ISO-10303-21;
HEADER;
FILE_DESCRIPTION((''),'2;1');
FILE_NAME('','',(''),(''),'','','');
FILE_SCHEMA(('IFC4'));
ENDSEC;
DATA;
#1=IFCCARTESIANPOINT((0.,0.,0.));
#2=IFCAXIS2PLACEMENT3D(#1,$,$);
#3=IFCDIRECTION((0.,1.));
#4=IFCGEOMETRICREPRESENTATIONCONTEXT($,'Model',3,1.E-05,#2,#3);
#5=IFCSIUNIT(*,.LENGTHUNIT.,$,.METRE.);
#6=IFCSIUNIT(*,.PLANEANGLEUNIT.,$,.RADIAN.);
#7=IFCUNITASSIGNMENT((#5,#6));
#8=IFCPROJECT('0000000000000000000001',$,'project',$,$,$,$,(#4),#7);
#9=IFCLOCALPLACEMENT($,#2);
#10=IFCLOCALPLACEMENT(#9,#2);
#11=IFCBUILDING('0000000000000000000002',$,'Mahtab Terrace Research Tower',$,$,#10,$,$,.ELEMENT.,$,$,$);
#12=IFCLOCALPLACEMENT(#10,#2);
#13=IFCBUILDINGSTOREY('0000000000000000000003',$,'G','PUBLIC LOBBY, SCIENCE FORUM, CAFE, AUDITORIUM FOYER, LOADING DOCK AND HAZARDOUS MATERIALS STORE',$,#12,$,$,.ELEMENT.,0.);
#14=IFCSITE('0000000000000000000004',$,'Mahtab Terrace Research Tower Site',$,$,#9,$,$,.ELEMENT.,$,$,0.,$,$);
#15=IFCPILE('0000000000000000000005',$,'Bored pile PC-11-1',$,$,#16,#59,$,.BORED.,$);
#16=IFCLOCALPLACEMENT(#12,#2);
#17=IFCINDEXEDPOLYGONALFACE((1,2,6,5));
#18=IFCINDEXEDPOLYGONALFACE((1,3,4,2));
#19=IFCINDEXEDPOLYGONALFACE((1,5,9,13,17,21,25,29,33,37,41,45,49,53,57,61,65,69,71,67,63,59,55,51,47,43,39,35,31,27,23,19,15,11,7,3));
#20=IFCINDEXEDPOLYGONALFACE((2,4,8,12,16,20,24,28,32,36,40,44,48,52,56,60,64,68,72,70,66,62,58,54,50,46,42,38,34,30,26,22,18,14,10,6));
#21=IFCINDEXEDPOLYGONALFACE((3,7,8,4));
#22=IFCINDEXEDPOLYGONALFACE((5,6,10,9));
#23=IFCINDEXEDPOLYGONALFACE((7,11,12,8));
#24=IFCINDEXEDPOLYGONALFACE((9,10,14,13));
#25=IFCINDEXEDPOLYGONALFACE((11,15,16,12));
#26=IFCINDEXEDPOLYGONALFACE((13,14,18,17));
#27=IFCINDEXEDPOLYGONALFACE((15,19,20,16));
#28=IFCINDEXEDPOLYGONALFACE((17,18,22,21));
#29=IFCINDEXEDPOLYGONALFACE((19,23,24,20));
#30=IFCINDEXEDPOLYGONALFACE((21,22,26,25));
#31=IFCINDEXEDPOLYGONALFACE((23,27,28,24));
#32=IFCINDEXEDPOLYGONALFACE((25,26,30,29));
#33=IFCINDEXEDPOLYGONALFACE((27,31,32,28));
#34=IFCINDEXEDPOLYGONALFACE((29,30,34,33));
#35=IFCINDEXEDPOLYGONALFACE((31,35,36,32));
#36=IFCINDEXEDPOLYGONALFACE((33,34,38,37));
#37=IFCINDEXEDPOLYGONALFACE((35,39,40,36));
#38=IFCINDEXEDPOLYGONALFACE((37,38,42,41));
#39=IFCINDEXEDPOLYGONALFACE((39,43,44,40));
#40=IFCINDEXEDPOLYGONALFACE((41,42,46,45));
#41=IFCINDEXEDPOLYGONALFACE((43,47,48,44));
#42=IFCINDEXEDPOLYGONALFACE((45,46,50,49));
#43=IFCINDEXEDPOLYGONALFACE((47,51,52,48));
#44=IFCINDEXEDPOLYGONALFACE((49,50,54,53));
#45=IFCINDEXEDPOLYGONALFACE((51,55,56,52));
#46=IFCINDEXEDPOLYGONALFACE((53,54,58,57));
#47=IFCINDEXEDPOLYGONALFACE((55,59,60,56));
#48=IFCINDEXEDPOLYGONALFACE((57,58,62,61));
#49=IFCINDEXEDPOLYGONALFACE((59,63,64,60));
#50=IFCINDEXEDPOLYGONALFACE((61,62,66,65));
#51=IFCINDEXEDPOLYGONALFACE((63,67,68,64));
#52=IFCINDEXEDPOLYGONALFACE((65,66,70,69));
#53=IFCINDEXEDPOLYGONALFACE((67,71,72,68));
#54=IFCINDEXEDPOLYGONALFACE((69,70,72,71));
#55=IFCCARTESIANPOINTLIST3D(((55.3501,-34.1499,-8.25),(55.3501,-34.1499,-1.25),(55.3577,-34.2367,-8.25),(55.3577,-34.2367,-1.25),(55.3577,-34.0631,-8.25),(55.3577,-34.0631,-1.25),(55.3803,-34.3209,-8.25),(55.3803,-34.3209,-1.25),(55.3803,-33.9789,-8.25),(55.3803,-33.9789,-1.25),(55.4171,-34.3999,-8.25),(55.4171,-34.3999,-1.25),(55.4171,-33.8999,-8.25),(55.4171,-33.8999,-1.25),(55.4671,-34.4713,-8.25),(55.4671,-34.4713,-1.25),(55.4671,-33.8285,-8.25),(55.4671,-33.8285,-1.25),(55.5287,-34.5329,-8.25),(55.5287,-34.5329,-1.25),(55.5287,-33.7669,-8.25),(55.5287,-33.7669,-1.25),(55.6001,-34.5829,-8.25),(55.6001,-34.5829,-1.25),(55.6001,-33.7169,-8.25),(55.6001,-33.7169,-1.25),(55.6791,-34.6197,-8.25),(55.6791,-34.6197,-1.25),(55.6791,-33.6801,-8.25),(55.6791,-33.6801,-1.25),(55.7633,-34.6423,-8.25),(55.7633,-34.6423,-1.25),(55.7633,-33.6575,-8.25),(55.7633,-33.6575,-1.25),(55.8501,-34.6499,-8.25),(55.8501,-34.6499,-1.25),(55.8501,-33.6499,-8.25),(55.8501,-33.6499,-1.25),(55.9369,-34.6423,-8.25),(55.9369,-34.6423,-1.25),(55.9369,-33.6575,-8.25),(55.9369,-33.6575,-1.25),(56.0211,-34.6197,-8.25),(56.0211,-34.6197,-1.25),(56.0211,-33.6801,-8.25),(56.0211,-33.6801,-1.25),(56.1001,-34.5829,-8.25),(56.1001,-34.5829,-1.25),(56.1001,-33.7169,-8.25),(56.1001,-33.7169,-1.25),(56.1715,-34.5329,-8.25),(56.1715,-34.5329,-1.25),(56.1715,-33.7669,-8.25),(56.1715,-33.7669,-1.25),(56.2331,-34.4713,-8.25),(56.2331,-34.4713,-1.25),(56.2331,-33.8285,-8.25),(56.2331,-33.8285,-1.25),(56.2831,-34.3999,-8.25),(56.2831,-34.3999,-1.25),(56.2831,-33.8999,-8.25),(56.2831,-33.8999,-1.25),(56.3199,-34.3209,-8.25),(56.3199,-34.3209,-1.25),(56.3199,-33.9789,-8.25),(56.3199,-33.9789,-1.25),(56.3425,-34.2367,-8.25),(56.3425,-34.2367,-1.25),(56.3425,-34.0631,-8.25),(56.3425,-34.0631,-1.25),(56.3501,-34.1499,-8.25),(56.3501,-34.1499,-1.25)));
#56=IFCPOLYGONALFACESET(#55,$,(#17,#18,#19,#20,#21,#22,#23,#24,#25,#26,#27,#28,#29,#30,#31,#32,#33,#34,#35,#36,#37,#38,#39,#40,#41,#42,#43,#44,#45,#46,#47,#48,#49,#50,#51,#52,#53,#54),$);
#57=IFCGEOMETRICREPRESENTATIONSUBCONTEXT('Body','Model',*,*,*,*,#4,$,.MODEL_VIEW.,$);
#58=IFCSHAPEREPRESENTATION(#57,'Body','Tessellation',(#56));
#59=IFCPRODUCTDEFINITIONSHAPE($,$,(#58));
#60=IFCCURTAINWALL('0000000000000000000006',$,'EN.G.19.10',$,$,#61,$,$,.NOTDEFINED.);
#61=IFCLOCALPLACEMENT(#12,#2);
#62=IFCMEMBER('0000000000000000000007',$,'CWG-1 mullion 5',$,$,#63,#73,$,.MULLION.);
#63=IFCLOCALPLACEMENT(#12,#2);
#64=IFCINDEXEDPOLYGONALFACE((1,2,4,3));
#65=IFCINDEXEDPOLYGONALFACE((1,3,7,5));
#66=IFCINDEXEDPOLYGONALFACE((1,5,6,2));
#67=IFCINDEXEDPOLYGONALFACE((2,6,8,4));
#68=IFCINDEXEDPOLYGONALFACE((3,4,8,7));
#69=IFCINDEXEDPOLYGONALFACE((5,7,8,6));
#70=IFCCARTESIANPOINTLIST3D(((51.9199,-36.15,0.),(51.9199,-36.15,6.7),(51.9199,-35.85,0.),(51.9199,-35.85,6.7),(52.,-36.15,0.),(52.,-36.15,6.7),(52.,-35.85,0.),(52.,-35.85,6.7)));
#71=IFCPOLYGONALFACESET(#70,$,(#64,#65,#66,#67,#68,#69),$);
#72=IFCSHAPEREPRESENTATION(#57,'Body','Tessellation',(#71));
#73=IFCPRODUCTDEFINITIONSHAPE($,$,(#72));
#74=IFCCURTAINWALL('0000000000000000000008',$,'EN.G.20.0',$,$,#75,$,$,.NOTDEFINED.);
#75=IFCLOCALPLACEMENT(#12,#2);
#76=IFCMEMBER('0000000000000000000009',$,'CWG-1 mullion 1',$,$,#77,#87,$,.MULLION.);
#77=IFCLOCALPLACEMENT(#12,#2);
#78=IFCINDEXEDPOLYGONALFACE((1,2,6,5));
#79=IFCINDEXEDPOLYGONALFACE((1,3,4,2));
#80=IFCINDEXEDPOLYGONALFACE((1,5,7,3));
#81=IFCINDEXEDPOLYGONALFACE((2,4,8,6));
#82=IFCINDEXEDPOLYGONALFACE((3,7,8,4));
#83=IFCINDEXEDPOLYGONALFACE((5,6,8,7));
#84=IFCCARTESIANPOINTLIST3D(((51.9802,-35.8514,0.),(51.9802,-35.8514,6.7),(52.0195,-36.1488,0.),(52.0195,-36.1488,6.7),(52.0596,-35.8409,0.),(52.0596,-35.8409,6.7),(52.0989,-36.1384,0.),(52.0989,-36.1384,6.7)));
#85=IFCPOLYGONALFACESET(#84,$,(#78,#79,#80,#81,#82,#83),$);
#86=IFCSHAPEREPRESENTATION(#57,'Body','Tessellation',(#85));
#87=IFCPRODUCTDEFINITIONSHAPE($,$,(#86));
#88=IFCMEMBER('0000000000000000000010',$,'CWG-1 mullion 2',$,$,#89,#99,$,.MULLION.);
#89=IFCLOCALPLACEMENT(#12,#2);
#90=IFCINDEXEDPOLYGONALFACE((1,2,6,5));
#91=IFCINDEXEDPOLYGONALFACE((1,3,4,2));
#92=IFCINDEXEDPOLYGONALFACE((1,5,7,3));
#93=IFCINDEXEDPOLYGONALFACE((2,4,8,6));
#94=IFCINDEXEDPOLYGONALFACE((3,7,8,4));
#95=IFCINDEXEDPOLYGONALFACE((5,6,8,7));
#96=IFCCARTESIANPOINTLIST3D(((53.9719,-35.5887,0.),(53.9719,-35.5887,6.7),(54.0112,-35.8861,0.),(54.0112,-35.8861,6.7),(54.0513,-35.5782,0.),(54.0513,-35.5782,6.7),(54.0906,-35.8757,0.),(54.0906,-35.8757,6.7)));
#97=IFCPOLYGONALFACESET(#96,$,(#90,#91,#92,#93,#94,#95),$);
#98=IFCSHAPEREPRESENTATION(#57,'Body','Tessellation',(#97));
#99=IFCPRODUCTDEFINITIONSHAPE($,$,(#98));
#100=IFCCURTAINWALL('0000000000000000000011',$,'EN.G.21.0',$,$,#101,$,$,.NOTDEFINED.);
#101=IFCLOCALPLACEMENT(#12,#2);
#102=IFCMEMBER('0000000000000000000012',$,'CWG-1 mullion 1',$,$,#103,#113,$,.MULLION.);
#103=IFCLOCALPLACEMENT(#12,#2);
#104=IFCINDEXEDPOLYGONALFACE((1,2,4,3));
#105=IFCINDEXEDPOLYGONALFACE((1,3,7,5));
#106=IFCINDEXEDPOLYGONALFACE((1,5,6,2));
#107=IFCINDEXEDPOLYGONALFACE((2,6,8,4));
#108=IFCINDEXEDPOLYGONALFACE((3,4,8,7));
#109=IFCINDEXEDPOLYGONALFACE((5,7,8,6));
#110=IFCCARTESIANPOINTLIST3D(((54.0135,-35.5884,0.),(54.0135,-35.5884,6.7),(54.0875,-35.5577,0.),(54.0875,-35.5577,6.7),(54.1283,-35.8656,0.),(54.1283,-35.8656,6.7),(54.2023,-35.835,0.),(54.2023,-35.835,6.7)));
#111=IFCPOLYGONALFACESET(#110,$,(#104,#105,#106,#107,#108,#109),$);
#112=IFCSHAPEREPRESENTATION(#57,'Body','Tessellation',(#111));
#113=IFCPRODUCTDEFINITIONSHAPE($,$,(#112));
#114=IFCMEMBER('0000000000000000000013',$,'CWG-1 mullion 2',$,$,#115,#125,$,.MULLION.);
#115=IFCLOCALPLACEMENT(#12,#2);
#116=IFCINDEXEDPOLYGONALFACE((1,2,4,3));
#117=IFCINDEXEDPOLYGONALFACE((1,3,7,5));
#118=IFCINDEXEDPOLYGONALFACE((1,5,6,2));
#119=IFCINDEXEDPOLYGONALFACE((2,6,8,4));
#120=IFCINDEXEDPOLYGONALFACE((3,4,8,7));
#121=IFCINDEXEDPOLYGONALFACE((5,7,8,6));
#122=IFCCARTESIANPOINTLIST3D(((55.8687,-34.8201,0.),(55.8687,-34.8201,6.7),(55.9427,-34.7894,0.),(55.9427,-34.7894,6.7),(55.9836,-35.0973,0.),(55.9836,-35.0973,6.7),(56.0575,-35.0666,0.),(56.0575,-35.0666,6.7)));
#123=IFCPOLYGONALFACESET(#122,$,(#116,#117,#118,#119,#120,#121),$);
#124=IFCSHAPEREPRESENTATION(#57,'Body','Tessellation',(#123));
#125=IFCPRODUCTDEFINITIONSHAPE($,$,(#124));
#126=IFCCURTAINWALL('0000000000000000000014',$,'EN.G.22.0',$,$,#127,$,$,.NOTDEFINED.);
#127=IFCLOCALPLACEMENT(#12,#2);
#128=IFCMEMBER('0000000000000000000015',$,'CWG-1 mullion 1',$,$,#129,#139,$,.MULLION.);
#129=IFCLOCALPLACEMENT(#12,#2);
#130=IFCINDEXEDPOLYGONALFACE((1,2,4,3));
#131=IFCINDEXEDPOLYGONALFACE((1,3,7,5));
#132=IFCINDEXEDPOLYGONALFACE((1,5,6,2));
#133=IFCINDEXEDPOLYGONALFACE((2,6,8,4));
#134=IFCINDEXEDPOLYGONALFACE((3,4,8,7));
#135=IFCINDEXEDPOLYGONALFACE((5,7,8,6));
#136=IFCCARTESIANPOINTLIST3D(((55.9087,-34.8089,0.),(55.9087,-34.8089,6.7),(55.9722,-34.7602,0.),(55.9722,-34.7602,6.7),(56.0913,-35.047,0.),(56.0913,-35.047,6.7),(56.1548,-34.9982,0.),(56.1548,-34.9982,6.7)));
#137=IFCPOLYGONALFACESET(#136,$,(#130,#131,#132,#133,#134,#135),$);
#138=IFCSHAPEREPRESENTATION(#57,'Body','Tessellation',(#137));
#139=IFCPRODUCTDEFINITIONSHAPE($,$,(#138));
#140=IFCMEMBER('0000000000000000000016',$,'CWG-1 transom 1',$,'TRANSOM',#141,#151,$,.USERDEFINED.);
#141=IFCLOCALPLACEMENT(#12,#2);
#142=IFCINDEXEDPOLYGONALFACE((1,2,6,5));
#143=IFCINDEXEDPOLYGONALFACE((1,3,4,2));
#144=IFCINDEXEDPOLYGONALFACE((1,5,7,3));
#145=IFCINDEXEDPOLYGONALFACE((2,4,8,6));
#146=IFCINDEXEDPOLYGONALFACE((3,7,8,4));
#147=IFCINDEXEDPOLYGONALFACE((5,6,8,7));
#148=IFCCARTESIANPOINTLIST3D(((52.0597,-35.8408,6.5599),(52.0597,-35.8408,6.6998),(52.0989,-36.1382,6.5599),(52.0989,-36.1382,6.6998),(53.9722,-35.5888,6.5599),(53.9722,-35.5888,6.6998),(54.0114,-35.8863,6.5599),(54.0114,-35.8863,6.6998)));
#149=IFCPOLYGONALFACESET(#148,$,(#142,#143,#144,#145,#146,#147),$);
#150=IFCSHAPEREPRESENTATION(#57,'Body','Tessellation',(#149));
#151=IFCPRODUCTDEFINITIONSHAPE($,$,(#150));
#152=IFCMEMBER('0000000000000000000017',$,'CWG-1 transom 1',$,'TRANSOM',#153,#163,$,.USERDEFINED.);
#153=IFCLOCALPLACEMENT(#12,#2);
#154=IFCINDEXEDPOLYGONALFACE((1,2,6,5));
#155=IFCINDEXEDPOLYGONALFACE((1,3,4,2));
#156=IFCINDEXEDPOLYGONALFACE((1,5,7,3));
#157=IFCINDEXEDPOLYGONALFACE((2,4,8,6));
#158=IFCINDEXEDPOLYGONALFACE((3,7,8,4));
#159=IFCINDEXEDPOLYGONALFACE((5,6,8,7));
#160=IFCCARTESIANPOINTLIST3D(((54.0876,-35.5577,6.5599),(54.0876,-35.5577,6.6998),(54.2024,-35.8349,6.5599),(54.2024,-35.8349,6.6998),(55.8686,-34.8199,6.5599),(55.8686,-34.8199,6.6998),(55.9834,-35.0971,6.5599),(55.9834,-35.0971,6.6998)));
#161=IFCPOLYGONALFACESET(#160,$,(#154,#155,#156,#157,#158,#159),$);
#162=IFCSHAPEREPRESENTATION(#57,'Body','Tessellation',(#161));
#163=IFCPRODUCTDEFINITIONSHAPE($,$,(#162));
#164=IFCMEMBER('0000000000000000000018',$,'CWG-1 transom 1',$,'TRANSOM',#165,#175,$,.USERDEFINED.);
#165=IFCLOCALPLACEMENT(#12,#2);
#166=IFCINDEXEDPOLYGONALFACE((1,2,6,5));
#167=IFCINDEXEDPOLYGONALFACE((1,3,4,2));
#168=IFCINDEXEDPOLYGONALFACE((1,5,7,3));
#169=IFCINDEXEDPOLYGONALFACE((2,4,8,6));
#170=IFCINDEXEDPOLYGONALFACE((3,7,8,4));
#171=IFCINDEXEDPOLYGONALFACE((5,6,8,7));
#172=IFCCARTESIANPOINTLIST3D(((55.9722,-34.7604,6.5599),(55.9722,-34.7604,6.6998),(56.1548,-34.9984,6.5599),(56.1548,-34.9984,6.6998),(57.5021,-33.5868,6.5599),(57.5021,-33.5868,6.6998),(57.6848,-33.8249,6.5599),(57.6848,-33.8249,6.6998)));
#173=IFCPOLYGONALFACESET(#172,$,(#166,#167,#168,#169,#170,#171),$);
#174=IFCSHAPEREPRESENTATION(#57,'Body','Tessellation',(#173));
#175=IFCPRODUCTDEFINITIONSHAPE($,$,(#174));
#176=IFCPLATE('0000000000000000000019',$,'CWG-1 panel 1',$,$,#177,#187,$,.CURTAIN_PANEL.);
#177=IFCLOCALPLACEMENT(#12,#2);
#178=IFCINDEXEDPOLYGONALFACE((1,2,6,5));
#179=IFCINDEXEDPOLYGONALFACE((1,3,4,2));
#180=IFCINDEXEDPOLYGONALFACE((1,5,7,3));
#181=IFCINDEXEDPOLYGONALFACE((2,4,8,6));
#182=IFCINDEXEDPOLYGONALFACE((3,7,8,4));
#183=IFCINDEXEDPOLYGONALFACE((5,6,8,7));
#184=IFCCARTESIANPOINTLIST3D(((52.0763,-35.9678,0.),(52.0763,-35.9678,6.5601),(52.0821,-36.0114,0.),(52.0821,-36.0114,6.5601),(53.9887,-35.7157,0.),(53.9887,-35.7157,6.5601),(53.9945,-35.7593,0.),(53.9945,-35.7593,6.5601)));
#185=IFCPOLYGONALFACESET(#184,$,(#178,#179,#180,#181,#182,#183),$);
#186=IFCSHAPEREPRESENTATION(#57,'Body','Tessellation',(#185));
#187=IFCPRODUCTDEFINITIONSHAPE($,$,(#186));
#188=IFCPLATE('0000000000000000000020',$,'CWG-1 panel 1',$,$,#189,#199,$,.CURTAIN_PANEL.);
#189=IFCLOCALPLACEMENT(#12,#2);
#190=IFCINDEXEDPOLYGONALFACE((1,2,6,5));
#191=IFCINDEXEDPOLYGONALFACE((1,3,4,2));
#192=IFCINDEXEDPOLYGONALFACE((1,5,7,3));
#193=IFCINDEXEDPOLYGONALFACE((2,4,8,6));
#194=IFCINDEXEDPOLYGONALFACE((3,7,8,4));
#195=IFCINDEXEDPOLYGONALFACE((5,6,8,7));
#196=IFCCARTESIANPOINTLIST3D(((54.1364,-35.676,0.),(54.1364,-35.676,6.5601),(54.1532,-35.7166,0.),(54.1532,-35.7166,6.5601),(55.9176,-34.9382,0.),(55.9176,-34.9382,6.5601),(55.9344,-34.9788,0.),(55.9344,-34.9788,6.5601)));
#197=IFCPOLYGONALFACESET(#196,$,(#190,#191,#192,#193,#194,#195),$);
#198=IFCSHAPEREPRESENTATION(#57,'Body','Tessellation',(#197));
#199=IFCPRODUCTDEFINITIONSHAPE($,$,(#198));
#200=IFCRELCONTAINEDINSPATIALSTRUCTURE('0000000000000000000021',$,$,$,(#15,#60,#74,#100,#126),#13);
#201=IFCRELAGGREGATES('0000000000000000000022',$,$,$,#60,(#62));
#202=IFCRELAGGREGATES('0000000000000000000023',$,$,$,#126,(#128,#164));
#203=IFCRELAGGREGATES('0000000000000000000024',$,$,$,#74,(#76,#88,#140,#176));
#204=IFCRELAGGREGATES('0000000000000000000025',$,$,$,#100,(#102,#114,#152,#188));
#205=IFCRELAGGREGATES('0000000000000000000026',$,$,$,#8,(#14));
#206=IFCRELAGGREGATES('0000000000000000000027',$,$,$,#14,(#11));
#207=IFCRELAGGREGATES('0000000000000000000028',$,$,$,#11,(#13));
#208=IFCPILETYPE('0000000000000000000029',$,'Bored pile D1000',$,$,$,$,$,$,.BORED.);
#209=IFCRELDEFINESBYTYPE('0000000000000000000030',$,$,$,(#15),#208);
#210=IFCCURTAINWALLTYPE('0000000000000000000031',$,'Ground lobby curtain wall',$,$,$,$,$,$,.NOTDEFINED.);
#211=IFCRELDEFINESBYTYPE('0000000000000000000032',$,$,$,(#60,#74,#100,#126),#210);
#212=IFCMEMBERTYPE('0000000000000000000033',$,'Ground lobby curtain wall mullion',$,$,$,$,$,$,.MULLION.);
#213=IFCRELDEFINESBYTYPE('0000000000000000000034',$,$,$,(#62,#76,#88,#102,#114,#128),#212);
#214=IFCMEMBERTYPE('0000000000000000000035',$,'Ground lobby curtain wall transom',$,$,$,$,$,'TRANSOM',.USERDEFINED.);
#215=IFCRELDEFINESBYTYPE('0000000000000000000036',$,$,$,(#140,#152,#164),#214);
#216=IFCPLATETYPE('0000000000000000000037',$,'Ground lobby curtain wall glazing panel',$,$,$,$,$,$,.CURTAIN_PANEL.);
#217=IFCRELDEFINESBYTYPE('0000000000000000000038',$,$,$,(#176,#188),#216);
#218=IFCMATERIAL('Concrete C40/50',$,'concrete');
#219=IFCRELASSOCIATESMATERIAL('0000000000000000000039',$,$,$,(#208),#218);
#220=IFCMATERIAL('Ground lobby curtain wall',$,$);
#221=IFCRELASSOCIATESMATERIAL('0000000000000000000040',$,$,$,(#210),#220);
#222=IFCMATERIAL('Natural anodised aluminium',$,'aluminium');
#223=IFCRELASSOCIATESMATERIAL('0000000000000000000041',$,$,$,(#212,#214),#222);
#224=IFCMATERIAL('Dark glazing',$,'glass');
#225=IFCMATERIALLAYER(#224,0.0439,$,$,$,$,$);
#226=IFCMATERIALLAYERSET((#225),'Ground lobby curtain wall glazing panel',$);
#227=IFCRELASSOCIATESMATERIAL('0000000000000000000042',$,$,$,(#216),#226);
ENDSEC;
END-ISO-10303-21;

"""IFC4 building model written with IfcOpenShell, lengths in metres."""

from ifc_helpers import new_model, si_unit, direction, frame, origin, origin_2d, place, context, subcontext, project, spatial, rectangle, circle, extrude, material, layer, layer_set, material_profile, profile_set, type_object, element, aggregate, save


model = new_model("IFC4")

# Units and contexts
model_context = context("Model", 3, precision=1e-05, world=origin(), true_north=direction((0.0, 1.0)))
body_context = subcontext(model_context, "Body", "Model", "MODEL_VIEW")
ifc_project = project(units=[si_unit("LENGTHUNIT", "METRE"), si_unit("PLANEANGLEUNIT", "RADIAN")], contexts=[model_context])

# Site, building, storey
site_placement = place(None, origin())
site = spatial("IfcSite", under=ifc_project, at=site_placement, Name="Mahtab Terrace Research Tower Site", CompositionType="ELEMENT", RefElevation=0.0)
building_placement = place(site_placement, origin())
building = spatial("IfcBuilding", under=site, at=building_placement, Name="Mahtab Terrace Research Tower", CompositionType="ELEMENT")
storey_placement = place(building_placement, origin())
storey = spatial("IfcBuildingStorey", under=building, at=storey_placement, Name="G", Description="PUBLIC LOBBY, SCIENCE FORUM, CAFE, AUDITORIUM FOYER, LOADING DOCK AND HAZARDOUS MATERIALS STORE", CompositionType="ELEMENT", Elevation=0.0)

# Pile
ifc_material_1 = material(Name="Concrete C40/50", Category="concrete")
ifc_material_profile_1 = material_profile(ifc_material_1, circle(Radius=0.5, at=origin_2d()), Name="Bored pile D1000")
ifc_profile_set_1 = profile_set([ifc_material_profile_1], Name="Concrete C40/50")
pile_type = type_object("IfcPileType", Name="Bored pile D1000", PredefinedType="BORED", material=ifc_profile_set_1)
pile_placement = place(storey_placement, frame((55.8501, -34.1499, -1.25), z_axis=(0.0, 0.0, -1.0), x_axis=(1.0, 0.0, 0.0)))
element("IfcPile", 1, at=pile_placement, inside=storey, type_object=pile_type, Name="Bored pile PC-11-1", PredefinedType="BORED", context=body_context, shape_type="SweptSolid", body=[
    extrude(circle(Radius=0.5, at=origin_2d()), origin(), (0.0, 0.0, 1.0), 7.0),
])

# Curtain wall, member
ifc_material_2 = material(Name="Ground lobby curtain wall")
curtain_wall_type = type_object("IfcCurtainWallType", Name="Ground lobby curtain wall", PredefinedType="NOTDEFINED", material=ifc_material_2)
curtain_wall_1_placement = place(storey_placement, origin())
curtain_wall_1 = element("IfcCurtainWall", 2, at=curtain_wall_1_placement, inside=storey, type_object=curtain_wall_type, Name="EN.G.19.10", PredefinedType="NOTDEFINED")
ifc_material_3 = material(Name="Natural anodised aluminium", Category="aluminium")
ifc_material_profile_2 = material_profile(ifc_material_3, rectangle(XDim=0.3, YDim=0.0801, at=origin_2d()), Name="MULLION 80x300")
ifc_profile_set_2 = profile_set([ifc_material_profile_2], Name="Natural anodised aluminium")
member_type_1 = type_object("IfcMemberType", Name="Ground lobby curtain wall mullion", PredefinedType="MULLION", material=ifc_profile_set_2)
member_1_placement = place(storey_placement, frame((51.96, -36.0, 0.0), z_axis=(0.0, 0.0, 1.0), x_axis=(0.0, 1.0, 0.0)))
member_1 = element("IfcMember", 3, at=member_1_placement, type_object=member_type_1, Name="CWG-1 mullion 5", PredefinedType="MULLION", context=body_context, shape_type="SweptSolid", body=[
    extrude(rectangle(XDim=0.3, YDim=0.0801, at=origin_2d()), origin(), (0.0, 0.0, 1.0), 6.7),
])
aggregate(curtain_wall_1, [member_1])

# Curtain walls, members
curtain_wall_2_placement = place(storey_placement, origin())
curtain_wall_2 = element("IfcCurtainWall", 4, at=curtain_wall_2_placement, inside=storey, type_object=curtain_wall_type, Name="EN.G.20.0", PredefinedType="NOTDEFINED")
member_2_placement = place(storey_placement, frame((52.0396, -35.9949, 0.0), z_axis=(0.0, 0.0, 1.0), x_axis=(-0.13069, 0.991423, 0.0)))
member_2 = element("IfcMember", 5, at=member_2_placement, type_object=member_type_1, Name="CWG-1 mullion 1", PredefinedType="MULLION", context=body_context, shape_type="SweptSolid", body=[
    extrude(rectangle(XDim=0.3, YDim=0.0801, at=origin_2d()), origin(), (0.0, 0.0, 1.0), 6.7),
])
member_3_placement = place(storey_placement, frame((54.0312, -35.7322, 0.0), z_axis=(0.0, 0.0, 1.0), x_axis=(-0.13069, 0.991423, 0.0)))
member_3 = element("IfcMember", 6, at=member_3_placement, type_object=member_type_1, Name="CWG-1 mullion 2", PredefinedType="MULLION", context=body_context, shape_type="SweptSolid", body=[
    extrude(rectangle(XDim=0.3, YDim=0.0801, at=origin_2d()), origin(), (0.0, 0.0, 1.0), 6.7),
])
curtain_wall_3_placement = place(storey_placement, origin())
curtain_wall_3 = element("IfcCurtainWall", 7, at=curtain_wall_3_placement, inside=storey, type_object=curtain_wall_type, Name="EN.G.21.0", PredefinedType="NOTDEFINED")
member_4_placement = place(storey_placement, frame((54.1079, -35.7117, 0.0), z_axis=(0.0, 0.0, 1.0), x_axis=(-0.382676, 0.923883, 0.0)))
member_4 = element("IfcMember", 8, at=member_4_placement, type_object=member_type_1, Name="CWG-1 mullion 1", PredefinedType="MULLION", context=body_context, shape_type="SweptSolid", body=[
    extrude(rectangle(XDim=0.3, YDim=0.0801, at=origin_2d()), origin(), (0.0, 0.0, 1.0), 6.7),
])
member_5_placement = place(storey_placement, frame((55.9631, -34.9434, 0.0), z_axis=(0.0, 0.0, 1.0), x_axis=(-0.382676, 0.923883, 0.0)))
member_5 = element("IfcMember", 9, at=member_5_placement, type_object=member_type_1, Name="CWG-1 mullion 2", PredefinedType="MULLION", context=body_context, shape_type="SweptSolid", body=[
    extrude(rectangle(XDim=0.3, YDim=0.0801, at=origin_2d()), origin(), (0.0, 0.0, 1.0), 6.7),
])

# Curtain wall, member
curtain_wall_4_placement = place(storey_placement, origin())
curtain_wall_4 = element("IfcCurtainWall", 10, at=curtain_wall_4_placement, inside=storey, type_object=curtain_wall_type, Name="EN.G.22.0", PredefinedType="NOTDEFINED")
member_6_placement = place(storey_placement, frame((56.0317, -34.9036, 0.0), z_axis=(0.0, 0.0, 1.0), x_axis=(-0.608623, 0.79346, 0.0)))
member_6 = element("IfcMember", 11, at=member_6_placement, type_object=member_type_1, Name="CWG-1 mullion 1", PredefinedType="MULLION", context=body_context, shape_type="SweptSolid", body=[
    extrude(rectangle(XDim=0.3, YDim=0.0801, at=origin_2d()), origin(), (0.0, 0.0, 1.0), 6.7),
])

# Members
ifc_material_profile_3 = material_profile(ifc_material_3, rectangle(XDim=0.3, YDim=0.1399, at=origin_2d()), Name="TRANSOM 140x300")
ifc_profile_set_3 = profile_set([ifc_material_profile_3], Name="Natural anodised aluminium")
member_type_2 = type_object("IfcMemberType", Name="Ground lobby curtain wall transom", ElementType="TRANSOM", PredefinedType="USERDEFINED", material=ifc_profile_set_3)
member_7_placement = place(storey_placement, frame((52.0793, -35.9895, 6.6299), z_axis=(0.991432, 0.130621, 0.0), x_axis=(-0.130621, 0.991432, 0.0)))
member_7 = element("IfcMember", 12, at=member_7_placement, type_object=member_type_2, Name="CWG-1 transom 1", ObjectType="TRANSOM", PredefinedType="USERDEFINED", context=body_context, shape_type="SweptSolid", body=[
    extrude(rectangle(XDim=0.3, YDim=0.1399, at=origin_2d()), origin(), (0.0, 0.0, 1.0), 1.929),
])
member_8_placement = place(storey_placement, frame((54.145, -35.6963, 6.6299), z_axis=(0.923866, 0.382717, 0.0), x_axis=(-0.382717, 0.923866, 0.0)))
member_8 = element("IfcMember", 13, at=member_8_placement, type_object=member_type_2, Name="CWG-1 transom 1", ObjectType="TRANSOM", PredefinedType="USERDEFINED", context=body_context, shape_type="SweptSolid", body=[
    extrude(rectangle(XDim=0.3, YDim=0.1399, at=origin_2d()), origin(), (0.0, 0.0, 1.0), 1.9277),
])
member_9_placement = place(storey_placement, frame((56.0635, -34.8794, 6.6299), z_axis=(0.793466, 0.608615, 0.0), x_axis=(-0.608615, 0.793466, 0.0)))
member_9 = element("IfcMember", 14, at=member_9_placement, type_object=member_type_2, Name="CWG-1 transom 1", ObjectType="TRANSOM", PredefinedType="USERDEFINED", context=body_context, shape_type="SweptSolid", body=[
    extrude(rectangle(XDim=0.3, YDim=0.1399, at=origin_2d()), origin(), (0.0, 0.0, 1.0), 1.9282),
])
aggregate(curtain_wall_4, [member_6, member_9])

# Plates
ifc_material_4 = material(Name="Dark glazing", Category="glass")
ifc_layer_1 = layer(ifc_material_4, 0.0439)
ifc_layer_set_1 = layer_set([ifc_layer_1], Name="Ground lobby curtain wall glazing panel")
plate_type = type_object("IfcPlateType", Name="Ground lobby curtain wall glazing panel", PredefinedType="CURTAIN_PANEL", material=ifc_layer_set_1)
plate_1_placement = place(storey_placement, frame((53.0354, -35.8635, 0.0), z_axis=(0.0, 0.0, 1.0), x_axis=(0.991423, 0.13069, 0.0)))
plate_1 = element("IfcPlate", 15, at=plate_1_placement, type_object=plate_type, Name="CWG-1 panel 1", PredefinedType="CURTAIN_PANEL", context=body_context, shape_type="SweptSolid", body=[
    extrude(rectangle(XDim=1.929, YDim=0.0439, at=origin_2d()), origin(), (0.0, 0.0, 1.0), 6.5601),
])
aggregate(curtain_wall_2, [member_2, member_3, member_7, plate_1])
plate_2_placement = place(storey_placement, frame((55.0354, -35.3274, 0.0), z_axis=(0.0, 0.0, 1.0), x_axis=(0.923883, 0.382676, 0.0)))
plate_2 = element("IfcPlate", 16, at=plate_2_placement, type_object=plate_type, Name="CWG-1 panel 1", PredefinedType="CURTAIN_PANEL", context=body_context, shape_type="SweptSolid", body=[
    extrude(rectangle(XDim=1.928, YDim=0.0439, at=origin_2d()), origin(), (0.0, 0.0, 1.0), 6.5601),
])
aggregate(curtain_wall_3, [member_4, member_5, member_8, plate_2])

save(model, "model.ifc")
